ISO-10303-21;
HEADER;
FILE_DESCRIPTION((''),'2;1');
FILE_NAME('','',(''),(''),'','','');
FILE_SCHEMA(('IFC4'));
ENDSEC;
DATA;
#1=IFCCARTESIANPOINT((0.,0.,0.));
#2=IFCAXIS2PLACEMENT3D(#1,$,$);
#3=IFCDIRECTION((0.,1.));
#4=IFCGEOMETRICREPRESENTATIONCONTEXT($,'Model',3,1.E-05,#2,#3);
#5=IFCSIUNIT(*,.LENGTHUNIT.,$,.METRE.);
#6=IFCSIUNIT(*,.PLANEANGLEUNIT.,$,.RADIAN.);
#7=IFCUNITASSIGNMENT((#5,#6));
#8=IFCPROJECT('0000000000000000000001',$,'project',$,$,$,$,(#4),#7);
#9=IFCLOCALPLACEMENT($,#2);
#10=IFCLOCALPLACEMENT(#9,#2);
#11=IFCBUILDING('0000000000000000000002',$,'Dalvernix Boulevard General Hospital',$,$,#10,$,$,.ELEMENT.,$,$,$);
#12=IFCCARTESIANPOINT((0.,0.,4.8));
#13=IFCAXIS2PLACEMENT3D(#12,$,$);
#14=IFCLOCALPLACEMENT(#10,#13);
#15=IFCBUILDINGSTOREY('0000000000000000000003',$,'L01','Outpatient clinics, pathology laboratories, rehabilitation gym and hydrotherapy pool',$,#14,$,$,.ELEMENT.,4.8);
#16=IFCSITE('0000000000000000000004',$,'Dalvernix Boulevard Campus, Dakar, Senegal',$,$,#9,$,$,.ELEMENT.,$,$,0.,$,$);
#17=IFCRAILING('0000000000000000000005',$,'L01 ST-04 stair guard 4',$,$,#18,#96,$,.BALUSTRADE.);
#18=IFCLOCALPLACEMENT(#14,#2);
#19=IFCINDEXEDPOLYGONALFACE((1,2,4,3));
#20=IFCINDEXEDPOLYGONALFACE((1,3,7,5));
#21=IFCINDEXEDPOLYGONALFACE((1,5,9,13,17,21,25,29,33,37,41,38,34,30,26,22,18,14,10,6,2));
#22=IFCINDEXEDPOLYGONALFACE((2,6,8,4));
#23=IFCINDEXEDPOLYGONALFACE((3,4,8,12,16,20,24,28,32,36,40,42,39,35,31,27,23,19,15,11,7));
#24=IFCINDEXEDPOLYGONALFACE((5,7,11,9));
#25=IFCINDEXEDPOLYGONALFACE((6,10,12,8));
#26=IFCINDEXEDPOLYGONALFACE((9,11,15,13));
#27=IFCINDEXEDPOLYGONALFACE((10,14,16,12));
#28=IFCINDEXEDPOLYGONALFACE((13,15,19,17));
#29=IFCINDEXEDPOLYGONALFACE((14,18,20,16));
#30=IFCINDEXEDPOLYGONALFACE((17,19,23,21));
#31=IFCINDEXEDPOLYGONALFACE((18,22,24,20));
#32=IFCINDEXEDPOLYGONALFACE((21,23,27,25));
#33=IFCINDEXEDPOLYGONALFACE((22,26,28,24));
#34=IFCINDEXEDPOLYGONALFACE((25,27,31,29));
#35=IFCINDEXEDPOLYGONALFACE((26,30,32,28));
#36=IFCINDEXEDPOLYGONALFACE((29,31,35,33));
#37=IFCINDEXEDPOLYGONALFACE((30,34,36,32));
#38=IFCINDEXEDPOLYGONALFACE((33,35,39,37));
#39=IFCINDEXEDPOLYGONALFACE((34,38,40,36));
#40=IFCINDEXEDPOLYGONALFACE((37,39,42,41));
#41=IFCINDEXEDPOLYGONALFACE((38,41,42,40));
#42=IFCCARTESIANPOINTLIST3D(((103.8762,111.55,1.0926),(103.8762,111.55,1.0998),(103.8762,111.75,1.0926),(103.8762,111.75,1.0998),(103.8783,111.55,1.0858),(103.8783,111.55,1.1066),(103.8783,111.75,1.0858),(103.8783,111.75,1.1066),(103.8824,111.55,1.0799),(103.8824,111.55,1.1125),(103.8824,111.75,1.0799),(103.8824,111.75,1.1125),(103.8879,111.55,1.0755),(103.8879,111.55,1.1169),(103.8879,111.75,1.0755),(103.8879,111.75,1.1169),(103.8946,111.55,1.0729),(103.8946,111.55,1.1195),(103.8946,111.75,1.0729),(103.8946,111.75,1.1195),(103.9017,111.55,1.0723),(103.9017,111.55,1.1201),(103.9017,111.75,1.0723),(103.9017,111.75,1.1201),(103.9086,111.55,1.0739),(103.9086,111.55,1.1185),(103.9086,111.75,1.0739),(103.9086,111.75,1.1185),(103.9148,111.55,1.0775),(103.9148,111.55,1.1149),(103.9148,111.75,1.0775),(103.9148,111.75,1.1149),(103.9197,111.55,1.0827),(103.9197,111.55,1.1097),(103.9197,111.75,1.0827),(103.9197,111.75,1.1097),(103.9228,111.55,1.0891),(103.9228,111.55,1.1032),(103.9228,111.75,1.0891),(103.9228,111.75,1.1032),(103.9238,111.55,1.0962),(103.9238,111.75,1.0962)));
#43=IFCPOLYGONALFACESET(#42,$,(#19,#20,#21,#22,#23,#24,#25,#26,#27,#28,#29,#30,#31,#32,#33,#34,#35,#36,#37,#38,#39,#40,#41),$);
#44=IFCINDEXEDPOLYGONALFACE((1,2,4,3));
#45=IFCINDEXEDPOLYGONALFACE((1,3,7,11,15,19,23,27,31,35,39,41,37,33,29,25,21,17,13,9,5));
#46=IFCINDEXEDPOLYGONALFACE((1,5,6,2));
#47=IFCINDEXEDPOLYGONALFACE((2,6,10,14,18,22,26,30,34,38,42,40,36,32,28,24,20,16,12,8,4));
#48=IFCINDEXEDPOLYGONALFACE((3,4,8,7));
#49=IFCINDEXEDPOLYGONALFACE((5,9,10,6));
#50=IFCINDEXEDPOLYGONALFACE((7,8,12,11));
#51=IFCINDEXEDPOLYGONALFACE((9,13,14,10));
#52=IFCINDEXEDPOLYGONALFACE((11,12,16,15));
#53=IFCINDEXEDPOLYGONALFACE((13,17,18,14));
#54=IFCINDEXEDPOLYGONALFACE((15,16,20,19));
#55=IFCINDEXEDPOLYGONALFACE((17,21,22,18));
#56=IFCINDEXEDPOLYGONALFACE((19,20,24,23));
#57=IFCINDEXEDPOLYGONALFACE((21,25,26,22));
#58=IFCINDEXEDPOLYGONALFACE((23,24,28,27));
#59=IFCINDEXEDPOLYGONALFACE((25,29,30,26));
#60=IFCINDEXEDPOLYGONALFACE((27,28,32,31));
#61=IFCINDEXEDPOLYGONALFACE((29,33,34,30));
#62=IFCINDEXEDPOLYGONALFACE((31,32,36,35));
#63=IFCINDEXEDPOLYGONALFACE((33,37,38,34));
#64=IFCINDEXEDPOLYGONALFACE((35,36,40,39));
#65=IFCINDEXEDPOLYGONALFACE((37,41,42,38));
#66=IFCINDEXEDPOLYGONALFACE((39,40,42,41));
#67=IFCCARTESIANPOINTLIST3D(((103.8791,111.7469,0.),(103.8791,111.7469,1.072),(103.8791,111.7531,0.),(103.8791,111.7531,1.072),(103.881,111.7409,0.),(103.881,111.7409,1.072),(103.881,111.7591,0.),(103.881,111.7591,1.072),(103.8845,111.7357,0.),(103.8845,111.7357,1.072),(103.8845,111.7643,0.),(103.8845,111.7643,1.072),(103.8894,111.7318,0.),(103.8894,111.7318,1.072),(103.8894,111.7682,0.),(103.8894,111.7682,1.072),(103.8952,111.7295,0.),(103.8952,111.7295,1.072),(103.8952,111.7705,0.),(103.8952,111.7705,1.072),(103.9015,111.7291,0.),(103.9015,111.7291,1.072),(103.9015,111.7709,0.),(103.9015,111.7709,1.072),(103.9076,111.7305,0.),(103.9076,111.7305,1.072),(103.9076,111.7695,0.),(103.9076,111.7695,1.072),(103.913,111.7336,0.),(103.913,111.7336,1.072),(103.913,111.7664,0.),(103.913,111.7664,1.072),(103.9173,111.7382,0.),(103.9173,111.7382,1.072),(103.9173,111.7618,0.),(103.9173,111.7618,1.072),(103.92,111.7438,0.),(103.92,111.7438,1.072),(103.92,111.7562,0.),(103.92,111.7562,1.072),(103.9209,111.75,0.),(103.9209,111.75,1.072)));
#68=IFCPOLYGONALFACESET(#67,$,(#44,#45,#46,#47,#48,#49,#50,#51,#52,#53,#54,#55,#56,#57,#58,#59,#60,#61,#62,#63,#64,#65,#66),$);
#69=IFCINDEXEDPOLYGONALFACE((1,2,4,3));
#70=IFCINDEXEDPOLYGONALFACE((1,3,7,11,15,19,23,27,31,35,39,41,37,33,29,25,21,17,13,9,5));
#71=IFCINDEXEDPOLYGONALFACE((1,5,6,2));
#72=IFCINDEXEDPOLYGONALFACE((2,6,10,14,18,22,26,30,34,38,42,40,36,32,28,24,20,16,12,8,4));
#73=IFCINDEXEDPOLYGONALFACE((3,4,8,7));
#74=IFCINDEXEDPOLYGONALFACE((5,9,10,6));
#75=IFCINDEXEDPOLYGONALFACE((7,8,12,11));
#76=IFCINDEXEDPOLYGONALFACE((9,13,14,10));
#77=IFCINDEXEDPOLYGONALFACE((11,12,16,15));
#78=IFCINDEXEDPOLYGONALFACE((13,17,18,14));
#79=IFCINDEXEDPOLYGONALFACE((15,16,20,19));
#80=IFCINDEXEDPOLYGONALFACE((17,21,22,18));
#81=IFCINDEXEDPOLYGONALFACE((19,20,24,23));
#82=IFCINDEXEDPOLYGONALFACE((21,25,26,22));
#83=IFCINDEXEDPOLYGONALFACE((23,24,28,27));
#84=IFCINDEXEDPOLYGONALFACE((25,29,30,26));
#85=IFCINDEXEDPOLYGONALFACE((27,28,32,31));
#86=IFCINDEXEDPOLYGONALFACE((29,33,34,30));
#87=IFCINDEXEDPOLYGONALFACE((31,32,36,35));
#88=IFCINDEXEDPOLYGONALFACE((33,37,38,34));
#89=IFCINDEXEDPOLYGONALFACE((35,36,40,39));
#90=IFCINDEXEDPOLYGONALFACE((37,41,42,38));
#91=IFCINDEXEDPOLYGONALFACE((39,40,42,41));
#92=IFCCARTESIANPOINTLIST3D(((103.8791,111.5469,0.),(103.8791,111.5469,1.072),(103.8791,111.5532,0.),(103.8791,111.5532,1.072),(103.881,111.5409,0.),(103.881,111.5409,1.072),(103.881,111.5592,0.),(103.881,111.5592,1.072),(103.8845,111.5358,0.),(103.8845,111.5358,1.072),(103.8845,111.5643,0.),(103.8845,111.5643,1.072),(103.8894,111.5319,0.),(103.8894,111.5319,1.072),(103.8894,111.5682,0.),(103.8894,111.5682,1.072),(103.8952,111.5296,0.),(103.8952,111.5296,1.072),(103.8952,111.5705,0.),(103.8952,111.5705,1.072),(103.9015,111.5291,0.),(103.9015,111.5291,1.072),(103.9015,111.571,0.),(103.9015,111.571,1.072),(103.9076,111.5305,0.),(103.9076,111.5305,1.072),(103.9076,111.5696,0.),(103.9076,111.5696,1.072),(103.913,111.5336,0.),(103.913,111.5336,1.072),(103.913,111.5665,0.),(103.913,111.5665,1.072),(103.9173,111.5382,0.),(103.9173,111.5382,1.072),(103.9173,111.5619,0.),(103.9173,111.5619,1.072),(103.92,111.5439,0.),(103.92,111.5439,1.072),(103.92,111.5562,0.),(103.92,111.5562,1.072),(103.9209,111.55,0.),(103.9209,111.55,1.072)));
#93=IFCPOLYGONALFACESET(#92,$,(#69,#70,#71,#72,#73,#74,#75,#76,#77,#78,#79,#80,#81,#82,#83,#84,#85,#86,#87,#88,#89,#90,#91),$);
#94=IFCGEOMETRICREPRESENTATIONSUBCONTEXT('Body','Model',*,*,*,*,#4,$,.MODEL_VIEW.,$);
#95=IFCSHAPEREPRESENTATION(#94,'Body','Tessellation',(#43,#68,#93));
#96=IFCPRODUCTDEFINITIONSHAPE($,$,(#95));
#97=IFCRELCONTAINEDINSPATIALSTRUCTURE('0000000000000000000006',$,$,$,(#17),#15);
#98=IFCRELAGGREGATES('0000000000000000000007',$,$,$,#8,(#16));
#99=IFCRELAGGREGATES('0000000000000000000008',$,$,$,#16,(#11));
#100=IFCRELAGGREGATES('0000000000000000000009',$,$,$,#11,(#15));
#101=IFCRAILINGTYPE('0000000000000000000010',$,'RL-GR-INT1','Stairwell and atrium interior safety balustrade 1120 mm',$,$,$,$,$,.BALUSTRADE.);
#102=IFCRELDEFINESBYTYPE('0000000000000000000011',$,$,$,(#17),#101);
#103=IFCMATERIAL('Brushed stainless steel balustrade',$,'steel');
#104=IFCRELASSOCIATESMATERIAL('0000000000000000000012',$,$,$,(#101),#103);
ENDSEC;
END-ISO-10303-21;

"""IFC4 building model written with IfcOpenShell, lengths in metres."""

from ifc_helpers import new_model, si_unit, direction, frame, origin, origin_2d, place, context, subcontext, project, spatial, circle, extrude, material, type_object, element, save


model = new_model("IFC4")

# Units and contexts
model_context = context("Model", 3, precision=1e-05, world=origin(), true_north=direction((0.0, 1.0)))
body_context = subcontext(model_context, "Body", "Model", "MODEL_VIEW")
ifc_project = project(units=[si_unit("LENGTHUNIT", "METRE"), si_unit("PLANEANGLEUNIT", "RADIAN")], contexts=[model_context])

# Site, building, storey
site_placement = place(None, origin())
site = spatial("IfcSite", under=ifc_project, at=site_placement, Name="Dalvernix Boulevard Campus, Dakar, Senegal", CompositionType="ELEMENT", RefElevation=0.0)
building_placement = place(site_placement, origin())
building = spatial("IfcBuilding", under=site, at=building_placement, Name="Dalvernix Boulevard General Hospital", CompositionType="ELEMENT")
storey_placement = place(building_placement, frame((0.0, 0.0, 4.8)))
storey = spatial("IfcBuildingStorey", under=building, at=storey_placement, Name="L01", Description="Outpatient clinics, pathology laboratories, rehabilitation gym and hydrotherapy pool", CompositionType="ELEMENT", Elevation=4.8)

# Railing
ifc_material_1 = material(Name="Brushed stainless steel balustrade", Category="steel")
railing_type_1 = type_object("IfcRailingType", Name="RL-GR-INT1", Description="Stairwell and atrium interior safety balustrade 1120 mm", PredefinedType="BALUSTRADE", material=ifc_material_1)
railing_1_placement = place(storey_placement, frame((103.8999, 111.75, 0.0)))
element("IfcRailing", 1, at=railing_1_placement, inside=storey, type_object=railing_type_1, Name="L01 ST-04 stair guard 4", PredefinedType="BALUSTRADE", context=body_context, shape_type="SweptSolid", body=[
    extrude(circle(Radius=0.0239, at=origin_2d()), frame((0.0, 0.0, 1.0962), z_axis=(0.0, -1.0, 0.0), x_axis=(1.0, 0.0, 0.0)), (0.0, 0.0, 1.0), 0.2),
    extrude(circle(Radius=0.021, at=origin_2d()), origin(), (0.0, 0.0, 1.0), 1.072),
    extrude(circle(Radius=0.021, at=origin_2d()), frame((0.0, -0.2, 0.0)), (0.0, 0.0, 1.0), 1.072),
])

save(model, "model.ifc")
